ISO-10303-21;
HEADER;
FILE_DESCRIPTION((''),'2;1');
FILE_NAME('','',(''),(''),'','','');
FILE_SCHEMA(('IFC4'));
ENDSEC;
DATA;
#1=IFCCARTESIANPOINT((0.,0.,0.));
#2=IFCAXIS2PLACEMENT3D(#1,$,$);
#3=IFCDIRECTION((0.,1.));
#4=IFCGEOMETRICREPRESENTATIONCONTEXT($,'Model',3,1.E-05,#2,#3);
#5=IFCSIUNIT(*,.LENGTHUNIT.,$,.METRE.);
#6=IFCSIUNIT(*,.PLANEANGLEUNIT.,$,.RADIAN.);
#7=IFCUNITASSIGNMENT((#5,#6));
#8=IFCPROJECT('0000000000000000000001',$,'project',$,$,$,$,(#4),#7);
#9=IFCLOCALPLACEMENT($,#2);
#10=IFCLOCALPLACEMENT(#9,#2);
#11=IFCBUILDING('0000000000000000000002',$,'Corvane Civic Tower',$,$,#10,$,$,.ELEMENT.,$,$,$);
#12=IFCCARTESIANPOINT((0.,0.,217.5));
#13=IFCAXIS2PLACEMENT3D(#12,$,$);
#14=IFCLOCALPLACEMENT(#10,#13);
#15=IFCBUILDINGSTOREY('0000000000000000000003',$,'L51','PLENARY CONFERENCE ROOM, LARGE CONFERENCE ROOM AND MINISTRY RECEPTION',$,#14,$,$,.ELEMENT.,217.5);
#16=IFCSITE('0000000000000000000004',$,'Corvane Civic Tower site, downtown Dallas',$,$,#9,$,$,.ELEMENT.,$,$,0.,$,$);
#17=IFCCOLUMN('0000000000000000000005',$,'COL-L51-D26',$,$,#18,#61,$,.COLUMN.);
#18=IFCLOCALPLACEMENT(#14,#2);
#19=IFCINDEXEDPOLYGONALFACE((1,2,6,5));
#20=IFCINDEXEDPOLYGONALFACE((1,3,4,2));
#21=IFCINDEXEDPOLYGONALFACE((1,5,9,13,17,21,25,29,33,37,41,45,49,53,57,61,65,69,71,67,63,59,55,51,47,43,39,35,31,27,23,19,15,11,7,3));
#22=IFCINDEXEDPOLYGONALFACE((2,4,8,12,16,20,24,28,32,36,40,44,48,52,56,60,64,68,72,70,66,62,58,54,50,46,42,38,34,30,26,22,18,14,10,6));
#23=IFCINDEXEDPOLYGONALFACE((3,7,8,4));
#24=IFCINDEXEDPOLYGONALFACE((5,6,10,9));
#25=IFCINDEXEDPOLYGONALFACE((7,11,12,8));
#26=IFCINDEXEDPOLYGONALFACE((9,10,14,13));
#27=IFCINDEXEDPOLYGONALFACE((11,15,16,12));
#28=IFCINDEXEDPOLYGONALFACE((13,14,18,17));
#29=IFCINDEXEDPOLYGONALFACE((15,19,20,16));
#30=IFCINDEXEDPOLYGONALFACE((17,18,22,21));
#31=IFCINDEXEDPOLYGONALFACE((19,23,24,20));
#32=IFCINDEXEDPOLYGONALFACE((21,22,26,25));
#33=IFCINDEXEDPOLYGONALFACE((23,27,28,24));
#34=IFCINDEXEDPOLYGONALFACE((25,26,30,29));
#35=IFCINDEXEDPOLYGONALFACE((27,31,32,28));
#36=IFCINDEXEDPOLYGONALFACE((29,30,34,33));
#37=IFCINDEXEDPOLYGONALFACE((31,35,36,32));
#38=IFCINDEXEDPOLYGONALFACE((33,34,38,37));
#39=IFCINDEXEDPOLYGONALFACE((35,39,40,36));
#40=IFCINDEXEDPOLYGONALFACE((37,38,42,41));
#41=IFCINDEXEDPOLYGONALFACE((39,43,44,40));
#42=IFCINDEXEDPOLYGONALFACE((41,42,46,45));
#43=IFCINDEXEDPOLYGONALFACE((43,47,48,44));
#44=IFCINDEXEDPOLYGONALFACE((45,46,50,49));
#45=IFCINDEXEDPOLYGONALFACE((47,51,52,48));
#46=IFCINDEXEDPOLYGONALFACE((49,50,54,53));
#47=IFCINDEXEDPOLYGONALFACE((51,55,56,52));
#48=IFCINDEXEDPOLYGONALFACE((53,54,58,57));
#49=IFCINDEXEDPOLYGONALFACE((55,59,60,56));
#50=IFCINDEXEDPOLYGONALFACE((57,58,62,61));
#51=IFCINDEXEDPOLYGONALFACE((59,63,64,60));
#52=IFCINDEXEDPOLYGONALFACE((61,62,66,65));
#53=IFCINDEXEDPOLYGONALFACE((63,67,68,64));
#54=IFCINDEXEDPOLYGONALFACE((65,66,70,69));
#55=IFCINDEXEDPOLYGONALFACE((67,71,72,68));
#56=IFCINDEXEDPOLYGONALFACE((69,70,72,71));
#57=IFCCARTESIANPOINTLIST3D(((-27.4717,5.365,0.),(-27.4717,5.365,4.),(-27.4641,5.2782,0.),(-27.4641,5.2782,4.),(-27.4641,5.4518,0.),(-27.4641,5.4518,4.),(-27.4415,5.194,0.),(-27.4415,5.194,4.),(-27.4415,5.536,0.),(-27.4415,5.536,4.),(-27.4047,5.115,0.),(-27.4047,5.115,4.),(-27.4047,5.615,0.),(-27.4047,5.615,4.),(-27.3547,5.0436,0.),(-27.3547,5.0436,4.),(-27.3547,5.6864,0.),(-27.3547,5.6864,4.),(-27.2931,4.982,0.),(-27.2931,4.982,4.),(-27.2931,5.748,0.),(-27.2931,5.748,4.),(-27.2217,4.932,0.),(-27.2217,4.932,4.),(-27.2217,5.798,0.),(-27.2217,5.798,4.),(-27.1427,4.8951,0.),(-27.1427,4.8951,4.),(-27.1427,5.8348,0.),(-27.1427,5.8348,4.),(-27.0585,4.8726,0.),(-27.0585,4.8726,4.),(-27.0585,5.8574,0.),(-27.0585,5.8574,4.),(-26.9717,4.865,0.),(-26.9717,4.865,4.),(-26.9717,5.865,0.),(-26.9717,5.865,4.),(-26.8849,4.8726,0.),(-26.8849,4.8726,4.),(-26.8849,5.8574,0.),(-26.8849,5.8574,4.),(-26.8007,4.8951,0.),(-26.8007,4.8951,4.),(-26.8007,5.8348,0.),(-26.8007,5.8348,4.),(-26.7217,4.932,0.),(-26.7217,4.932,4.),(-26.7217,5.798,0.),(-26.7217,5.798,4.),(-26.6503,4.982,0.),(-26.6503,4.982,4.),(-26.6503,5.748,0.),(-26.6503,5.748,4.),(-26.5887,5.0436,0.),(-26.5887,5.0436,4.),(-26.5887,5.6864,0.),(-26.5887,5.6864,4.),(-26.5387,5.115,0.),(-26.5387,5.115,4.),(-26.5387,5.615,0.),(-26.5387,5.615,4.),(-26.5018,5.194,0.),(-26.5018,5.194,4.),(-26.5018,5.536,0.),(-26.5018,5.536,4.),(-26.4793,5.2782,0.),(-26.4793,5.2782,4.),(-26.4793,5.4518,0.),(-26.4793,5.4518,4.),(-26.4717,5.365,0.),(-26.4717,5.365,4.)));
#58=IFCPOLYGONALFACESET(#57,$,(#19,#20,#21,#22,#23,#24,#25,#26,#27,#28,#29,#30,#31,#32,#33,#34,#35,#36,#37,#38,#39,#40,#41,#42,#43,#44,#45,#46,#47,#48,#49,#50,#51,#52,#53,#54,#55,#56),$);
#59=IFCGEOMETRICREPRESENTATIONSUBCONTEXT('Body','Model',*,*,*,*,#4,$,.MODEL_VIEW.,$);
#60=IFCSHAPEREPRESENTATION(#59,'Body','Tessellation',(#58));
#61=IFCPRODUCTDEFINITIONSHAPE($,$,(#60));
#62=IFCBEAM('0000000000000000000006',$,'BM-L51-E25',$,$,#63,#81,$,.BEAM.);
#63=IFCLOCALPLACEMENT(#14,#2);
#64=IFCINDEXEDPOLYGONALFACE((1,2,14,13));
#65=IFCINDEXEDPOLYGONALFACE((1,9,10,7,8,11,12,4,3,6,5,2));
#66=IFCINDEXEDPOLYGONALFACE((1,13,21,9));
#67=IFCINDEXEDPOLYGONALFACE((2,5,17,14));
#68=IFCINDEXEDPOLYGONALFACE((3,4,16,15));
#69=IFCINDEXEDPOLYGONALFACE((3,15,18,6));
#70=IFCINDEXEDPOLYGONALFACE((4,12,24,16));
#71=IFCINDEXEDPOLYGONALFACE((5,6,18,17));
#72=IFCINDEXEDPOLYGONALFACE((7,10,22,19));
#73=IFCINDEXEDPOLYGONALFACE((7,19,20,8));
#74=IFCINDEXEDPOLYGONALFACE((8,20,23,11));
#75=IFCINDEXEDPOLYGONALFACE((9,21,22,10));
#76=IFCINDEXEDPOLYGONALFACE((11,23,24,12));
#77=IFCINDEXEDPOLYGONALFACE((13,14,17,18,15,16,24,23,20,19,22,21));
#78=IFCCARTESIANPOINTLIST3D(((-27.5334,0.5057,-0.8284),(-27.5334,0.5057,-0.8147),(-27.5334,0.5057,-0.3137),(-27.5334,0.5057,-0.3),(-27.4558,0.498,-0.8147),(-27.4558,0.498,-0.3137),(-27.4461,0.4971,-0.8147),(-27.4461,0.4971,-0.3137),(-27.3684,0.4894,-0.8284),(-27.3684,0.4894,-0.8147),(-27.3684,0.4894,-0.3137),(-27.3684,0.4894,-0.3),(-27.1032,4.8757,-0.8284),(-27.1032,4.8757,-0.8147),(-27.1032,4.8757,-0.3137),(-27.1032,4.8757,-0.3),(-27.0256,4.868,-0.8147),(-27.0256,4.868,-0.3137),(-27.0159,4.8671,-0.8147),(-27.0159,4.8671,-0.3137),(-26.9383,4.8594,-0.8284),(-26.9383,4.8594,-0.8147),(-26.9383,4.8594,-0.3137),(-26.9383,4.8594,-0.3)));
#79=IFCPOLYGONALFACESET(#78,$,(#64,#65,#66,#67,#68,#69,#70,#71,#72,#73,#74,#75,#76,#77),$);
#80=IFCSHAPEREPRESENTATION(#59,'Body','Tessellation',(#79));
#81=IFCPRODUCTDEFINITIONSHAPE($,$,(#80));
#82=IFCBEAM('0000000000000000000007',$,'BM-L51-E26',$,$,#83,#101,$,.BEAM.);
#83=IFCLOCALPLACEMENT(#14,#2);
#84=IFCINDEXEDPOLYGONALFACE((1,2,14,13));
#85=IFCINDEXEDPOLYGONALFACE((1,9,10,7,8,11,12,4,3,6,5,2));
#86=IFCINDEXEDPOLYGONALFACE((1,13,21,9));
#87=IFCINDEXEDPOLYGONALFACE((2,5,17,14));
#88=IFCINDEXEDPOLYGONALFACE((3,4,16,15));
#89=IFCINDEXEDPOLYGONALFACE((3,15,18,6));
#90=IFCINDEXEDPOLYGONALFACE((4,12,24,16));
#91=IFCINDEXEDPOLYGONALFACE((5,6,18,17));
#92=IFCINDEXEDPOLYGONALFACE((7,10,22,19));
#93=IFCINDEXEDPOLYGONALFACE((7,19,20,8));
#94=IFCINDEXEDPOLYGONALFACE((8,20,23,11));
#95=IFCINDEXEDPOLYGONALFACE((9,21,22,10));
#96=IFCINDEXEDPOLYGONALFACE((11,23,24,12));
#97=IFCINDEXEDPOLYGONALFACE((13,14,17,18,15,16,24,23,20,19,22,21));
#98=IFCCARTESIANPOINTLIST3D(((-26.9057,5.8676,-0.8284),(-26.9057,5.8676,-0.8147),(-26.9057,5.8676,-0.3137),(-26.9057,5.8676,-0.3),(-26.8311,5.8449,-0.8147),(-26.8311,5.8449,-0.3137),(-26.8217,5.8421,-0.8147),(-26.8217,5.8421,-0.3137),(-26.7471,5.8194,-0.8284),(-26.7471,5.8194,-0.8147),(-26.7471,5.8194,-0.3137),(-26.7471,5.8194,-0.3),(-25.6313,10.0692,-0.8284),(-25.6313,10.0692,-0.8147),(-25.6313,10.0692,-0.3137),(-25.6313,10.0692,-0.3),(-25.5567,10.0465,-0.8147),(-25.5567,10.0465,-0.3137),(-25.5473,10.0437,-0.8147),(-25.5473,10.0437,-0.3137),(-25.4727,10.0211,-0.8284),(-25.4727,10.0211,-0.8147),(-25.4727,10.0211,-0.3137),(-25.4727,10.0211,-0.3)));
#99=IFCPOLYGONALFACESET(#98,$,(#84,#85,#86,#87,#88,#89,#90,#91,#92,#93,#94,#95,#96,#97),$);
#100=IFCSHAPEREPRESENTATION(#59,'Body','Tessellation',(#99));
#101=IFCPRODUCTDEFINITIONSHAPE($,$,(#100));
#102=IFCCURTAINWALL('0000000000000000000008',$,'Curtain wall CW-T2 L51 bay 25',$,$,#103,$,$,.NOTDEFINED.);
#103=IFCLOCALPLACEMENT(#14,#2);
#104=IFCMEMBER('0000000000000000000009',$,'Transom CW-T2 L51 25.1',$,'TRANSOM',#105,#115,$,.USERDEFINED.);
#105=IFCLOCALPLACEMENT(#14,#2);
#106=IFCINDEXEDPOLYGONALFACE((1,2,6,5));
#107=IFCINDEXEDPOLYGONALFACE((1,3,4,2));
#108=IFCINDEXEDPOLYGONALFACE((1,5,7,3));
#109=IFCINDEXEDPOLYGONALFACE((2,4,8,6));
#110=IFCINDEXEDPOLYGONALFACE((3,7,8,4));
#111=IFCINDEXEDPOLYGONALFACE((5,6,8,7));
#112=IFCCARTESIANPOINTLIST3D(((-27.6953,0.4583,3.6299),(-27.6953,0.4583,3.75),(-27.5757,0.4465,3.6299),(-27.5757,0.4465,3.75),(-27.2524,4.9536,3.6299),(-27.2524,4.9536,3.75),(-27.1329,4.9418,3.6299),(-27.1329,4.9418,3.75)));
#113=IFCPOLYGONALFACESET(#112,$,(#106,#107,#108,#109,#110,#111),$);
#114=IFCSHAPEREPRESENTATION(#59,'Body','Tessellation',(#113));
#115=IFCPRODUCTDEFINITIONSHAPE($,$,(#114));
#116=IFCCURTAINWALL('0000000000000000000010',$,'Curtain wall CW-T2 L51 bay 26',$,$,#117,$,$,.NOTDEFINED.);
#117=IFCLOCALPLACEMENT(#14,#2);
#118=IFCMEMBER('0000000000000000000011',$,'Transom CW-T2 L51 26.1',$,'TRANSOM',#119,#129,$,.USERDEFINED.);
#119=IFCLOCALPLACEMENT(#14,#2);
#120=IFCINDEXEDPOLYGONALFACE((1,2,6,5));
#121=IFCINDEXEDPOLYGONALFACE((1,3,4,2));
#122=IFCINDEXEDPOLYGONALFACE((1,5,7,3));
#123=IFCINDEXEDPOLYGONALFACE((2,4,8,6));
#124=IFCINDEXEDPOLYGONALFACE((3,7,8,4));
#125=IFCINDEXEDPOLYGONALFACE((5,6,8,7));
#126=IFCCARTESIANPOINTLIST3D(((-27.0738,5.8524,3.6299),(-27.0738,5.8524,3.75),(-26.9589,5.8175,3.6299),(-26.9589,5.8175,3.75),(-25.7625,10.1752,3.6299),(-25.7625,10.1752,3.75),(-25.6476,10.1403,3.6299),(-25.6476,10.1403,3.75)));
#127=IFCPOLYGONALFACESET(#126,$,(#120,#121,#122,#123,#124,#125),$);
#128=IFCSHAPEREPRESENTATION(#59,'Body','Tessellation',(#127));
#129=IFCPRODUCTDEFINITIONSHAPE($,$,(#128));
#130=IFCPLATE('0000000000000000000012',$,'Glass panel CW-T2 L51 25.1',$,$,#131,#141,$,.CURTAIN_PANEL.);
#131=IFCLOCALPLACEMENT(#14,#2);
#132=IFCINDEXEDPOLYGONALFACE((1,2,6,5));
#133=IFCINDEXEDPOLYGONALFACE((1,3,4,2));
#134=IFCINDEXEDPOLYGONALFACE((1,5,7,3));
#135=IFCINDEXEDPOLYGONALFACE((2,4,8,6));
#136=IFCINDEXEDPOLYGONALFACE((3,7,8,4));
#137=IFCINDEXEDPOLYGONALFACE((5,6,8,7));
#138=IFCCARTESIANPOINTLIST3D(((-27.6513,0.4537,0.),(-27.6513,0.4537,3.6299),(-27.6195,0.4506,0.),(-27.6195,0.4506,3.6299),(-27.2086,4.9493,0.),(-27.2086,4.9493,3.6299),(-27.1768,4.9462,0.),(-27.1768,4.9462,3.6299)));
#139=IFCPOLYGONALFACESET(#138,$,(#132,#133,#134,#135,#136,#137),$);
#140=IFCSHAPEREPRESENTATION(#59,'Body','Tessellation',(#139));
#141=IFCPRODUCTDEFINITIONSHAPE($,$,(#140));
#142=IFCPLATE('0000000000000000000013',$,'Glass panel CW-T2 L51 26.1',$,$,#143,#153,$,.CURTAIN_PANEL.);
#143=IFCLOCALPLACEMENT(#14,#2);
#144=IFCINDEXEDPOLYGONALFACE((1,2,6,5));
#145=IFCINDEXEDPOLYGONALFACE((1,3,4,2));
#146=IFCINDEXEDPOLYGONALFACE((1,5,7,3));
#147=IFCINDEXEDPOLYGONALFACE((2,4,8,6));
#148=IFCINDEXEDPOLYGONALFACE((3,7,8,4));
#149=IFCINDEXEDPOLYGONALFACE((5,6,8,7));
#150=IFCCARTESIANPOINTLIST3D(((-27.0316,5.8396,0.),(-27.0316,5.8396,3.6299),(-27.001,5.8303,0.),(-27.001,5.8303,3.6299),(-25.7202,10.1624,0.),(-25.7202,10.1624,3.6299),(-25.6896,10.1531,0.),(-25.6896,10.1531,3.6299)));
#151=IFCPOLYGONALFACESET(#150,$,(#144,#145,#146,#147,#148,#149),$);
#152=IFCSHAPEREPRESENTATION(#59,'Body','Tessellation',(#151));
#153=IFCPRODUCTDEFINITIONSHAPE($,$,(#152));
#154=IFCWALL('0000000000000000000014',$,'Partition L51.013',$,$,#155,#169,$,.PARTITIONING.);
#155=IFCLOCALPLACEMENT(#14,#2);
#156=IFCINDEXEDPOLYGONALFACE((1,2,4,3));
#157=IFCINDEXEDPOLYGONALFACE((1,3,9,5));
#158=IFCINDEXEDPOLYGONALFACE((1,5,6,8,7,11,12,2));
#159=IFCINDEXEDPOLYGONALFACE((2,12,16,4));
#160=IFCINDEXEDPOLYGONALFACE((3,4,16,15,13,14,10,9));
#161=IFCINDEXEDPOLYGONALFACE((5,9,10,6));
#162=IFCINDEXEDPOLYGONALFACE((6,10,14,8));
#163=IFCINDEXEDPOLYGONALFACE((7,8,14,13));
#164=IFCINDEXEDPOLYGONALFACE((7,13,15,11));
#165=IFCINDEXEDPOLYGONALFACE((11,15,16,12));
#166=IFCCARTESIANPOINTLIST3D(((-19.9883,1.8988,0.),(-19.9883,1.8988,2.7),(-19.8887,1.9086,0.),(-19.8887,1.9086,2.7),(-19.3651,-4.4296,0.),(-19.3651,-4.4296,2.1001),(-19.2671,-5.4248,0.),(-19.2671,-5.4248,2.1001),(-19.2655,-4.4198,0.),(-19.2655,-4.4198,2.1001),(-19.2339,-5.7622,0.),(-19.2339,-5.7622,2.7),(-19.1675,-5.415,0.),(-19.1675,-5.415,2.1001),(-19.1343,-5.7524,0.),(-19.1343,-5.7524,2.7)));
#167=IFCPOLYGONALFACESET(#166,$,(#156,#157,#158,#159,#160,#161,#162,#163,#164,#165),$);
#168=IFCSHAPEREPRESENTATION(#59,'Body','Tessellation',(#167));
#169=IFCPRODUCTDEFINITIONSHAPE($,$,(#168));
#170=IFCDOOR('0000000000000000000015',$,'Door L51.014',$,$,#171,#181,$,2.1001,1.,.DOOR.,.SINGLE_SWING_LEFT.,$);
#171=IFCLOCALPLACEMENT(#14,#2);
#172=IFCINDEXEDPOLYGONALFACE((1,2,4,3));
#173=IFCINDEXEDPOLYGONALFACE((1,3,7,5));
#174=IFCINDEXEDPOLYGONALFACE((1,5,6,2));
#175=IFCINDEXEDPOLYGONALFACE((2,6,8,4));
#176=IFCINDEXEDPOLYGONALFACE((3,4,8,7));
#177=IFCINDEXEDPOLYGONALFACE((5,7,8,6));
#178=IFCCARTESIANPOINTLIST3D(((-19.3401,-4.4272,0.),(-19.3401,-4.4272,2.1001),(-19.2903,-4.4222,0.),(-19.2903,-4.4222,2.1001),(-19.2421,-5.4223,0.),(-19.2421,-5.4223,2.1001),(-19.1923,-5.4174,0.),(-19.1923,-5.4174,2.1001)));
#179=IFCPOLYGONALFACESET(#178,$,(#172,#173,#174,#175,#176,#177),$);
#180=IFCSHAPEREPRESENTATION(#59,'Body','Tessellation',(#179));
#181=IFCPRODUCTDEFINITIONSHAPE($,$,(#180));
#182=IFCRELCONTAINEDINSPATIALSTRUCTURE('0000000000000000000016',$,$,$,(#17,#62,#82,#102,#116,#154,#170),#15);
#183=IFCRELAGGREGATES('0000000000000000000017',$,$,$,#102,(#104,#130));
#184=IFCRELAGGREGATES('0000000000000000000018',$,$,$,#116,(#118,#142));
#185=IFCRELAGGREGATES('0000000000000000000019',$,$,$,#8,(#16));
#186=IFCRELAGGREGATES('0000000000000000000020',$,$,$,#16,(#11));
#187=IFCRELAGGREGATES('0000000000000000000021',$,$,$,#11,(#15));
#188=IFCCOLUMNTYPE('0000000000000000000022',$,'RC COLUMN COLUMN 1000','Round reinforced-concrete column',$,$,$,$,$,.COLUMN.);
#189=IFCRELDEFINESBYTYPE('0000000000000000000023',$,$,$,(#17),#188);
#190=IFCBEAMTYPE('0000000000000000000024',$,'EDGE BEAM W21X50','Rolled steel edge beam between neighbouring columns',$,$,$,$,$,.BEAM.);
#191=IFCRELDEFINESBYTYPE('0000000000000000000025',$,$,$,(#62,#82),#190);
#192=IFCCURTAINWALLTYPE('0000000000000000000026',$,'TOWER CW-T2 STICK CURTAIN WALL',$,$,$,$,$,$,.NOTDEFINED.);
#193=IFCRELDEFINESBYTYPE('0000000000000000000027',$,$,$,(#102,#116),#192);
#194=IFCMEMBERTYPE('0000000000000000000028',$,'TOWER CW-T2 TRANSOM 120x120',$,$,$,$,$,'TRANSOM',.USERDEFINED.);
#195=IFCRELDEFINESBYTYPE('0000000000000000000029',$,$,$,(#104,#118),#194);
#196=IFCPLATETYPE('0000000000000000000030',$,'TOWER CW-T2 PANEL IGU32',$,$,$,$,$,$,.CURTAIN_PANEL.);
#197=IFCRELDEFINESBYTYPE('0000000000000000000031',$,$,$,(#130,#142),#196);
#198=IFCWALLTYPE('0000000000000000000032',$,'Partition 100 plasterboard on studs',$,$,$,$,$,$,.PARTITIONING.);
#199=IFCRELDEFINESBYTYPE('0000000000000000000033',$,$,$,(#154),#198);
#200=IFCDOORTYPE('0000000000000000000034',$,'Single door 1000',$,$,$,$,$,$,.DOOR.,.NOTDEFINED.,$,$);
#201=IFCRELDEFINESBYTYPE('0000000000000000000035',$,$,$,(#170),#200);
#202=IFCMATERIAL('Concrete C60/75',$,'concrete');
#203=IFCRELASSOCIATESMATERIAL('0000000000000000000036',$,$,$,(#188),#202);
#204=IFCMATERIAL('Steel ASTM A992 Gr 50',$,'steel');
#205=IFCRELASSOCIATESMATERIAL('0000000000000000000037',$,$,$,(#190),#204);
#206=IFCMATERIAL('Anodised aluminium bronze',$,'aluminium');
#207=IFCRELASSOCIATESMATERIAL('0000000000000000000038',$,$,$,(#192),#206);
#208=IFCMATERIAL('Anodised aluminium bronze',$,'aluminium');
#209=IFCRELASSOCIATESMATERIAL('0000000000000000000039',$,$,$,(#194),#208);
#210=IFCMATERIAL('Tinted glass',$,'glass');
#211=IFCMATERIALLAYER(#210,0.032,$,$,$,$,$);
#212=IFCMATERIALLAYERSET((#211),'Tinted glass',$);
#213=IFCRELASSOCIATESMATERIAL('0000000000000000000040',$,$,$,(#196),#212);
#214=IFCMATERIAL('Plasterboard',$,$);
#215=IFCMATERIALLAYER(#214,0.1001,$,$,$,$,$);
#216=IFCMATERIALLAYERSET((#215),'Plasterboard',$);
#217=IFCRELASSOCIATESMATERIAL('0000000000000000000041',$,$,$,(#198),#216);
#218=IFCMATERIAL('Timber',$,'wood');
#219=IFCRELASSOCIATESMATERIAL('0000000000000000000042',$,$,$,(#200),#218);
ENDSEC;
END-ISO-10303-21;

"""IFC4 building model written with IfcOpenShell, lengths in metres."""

from ifc_helpers import new_model, si_unit, direction, frame, frame_2d, origin, origin_2d, place, context, subcontext, project, spatial, rectangle, circle, i_section, extrude, material, layer, layer_set, material_profile, profile_set, type_object, element, fill, aggregate, save


model = new_model("IFC4")

# Units and contexts
model_context = context("Model", 3, precision=1e-05, world=origin(), true_north=direction((0.0, 1.0)))
body_context = subcontext(model_context, "Body", "Model", "MODEL_VIEW")
ifc_project = project(units=[si_unit("LENGTHUNIT", "METRE"), si_unit("PLANEANGLEUNIT", "RADIAN")], contexts=[model_context])

# Site, building, storey
site_placement = place(None, origin())
site = spatial("IfcSite", under=ifc_project, at=site_placement, Name="Corvane Civic Tower site, downtown Dallas", CompositionType="ELEMENT", RefElevation=0.0)
building_placement = place(site_placement, origin())
building = spatial("IfcBuilding", under=site, at=building_placement, Name="Corvane Civic Tower", CompositionType="ELEMENT")
storey_placement = place(building_placement, frame((0.0, 0.0, 217.5)))
storey = spatial("IfcBuildingStorey", under=building, at=storey_placement, Name="L51", Description="PLENARY CONFERENCE ROOM, LARGE CONFERENCE ROOM AND MINISTRY RECEPTION", CompositionType="ELEMENT", Elevation=217.5)

# Column
ifc_material_1 = material(Name="Concrete C60/75", Category="concrete")
ifc_material_profile_1 = material_profile(ifc_material_1, circle(Radius=0.5, at=origin_2d()), Name="COLUMN 1000")
ifc_profile_set_1 = profile_set([ifc_material_profile_1], Name="Concrete C60/75")
column_type = type_object("IfcColumnType", Name="RC COLUMN COLUMN 1000", Description="Round reinforced-concrete column", PredefinedType="COLUMN", material=ifc_profile_set_1)
column_placement = place(storey_placement, frame((-26.9717, 5.365, 0.0), z_axis=(0.0, 0.0, 1.0), x_axis=(1.0, 0.0, 0.0)))
element("IfcColumn", 1, at=column_placement, inside=storey, type_object=column_type, Name="COL-L51-D26", PredefinedType="COLUMN", context=body_context, shape_type="SweptSolid", body=[
    extrude(circle(Radius=0.5, at=origin_2d()), origin(), (0.0, 0.0, 1.0), 4.0),
])

# Beams
ifc_material_2 = material(Name="Steel ASTM A992 Gr 50", Category="steel")
ifc_material_profile_2 = material_profile(ifc_material_2, i_section(OverallWidth=0.1658, OverallDepth=0.5283, WebThickness=0.0098, FlangeThickness=0.0137, at=origin_2d()), Name="W21X50")
ifc_profile_set_2 = profile_set([ifc_material_profile_2], Name="Steel ASTM A992 Gr 50")
beam_type = type_object("IfcBeamType", Name="EDGE BEAM W21X50", Description="Rolled steel edge beam between neighbouring columns", PredefinedType="BEAM", material=ifc_profile_set_2)
beam_1_placement = place(storey_placement, frame((-27.4509, 0.4976, -0.5642), z_axis=(0.097968, 0.99519, 0.0), x_axis=(-0.99519, 0.097968, 0.0)))
element("IfcBeam", 2, at=beam_1_placement, inside=storey, type_object=beam_type, Name="BM-L51-E25", PredefinedType="BEAM", context=body_context, shape_type="SweptSolid", body=[
    extrude(i_section(OverallWidth=0.1658, OverallDepth=0.5283, WebThickness=0.0098, FlangeThickness=0.0137, at=origin_2d()), origin(), (0.0, 0.0, 1.0), 4.3911),
])
beam_2_placement = place(storey_placement, frame((-26.8264, 5.8435, -0.5642), z_axis=(0.290254, 0.95695, 0.0), x_axis=(-0.95695, 0.290254, 0.0)))
element("IfcBeam", 3, at=beam_2_placement, inside=storey, type_object=beam_type, Name="BM-L51-E26", PredefinedType="BEAM", context=body_context, shape_type="SweptSolid", body=[
    extrude(i_section(OverallWidth=0.1658, OverallDepth=0.5283, WebThickness=0.0098, FlangeThickness=0.0137, at=origin_2d()), origin(), (0.0, 0.0, 1.0), 4.3906),
])

# Curtain walls, members
ifc_material_3 = material(Name="Anodised aluminium bronze", Category="aluminium")
curtain_wall_type = type_object("IfcCurtainWallType", Name="TOWER CW-T2 STICK CURTAIN WALL", PredefinedType="NOTDEFINED", material=ifc_material_3)
curtain_wall_1_placement = place(storey_placement, origin())
curtain_wall_1 = element("IfcCurtainWall", 4, at=curtain_wall_1_placement, inside=storey, type_object=curtain_wall_type, Name="Curtain wall CW-T2 L51 bay 25", PredefinedType="NOTDEFINED")
ifc_material_4 = material(Name="Anodised aluminium bronze", Category="aluminium")
ifc_material_profile_3 = material_profile(ifc_material_4, rectangle(XDim=0.1201, YDim=0.1201, at=origin_2d()), Name="TOWER CW-T2 TRANSOM 120x120")
ifc_profile_set_3 = profile_set([ifc_material_profile_3], Name="Anodised aluminium bronze")
member_type = type_object("IfcMemberType", Name="TOWER CW-T2 TRANSOM 120x120", ElementType="TRANSOM", PredefinedType="USERDEFINED", material=ifc_profile_set_3)
member_1_placement = place(storey_placement, frame((-27.6355, 0.4524, 3.6899), z_axis=(0.098043, 0.995182, 0.0), x_axis=(-0.995182, 0.098043, 0.0)))
member_1 = element("IfcMember", 5, at=member_1_placement, type_object=member_type, Name="Transom CW-T2 L51 25.1", ObjectType="TRANSOM", PredefinedType="USERDEFINED", context=body_context, shape_type="SweptSolid", body=[
    extrude(rectangle(XDim=0.1201, YDim=0.1201, at=origin_2d()), origin(), (0.0, 0.0, 1.0), 4.5171),
])
curtain_wall_2_placement = place(storey_placement, origin())
curtain_wall_2 = element("IfcCurtainWall", 6, at=curtain_wall_2_placement, inside=storey, type_object=curtain_wall_type, Name="Curtain wall CW-T2 L51 bay 26", PredefinedType="NOTDEFINED")
member_2_placement = place(storey_placement, frame((-27.0164, 5.835, 3.6899), z_axis=(0.290282, 0.956941, 0.0), x_axis=(-0.956941, 0.290282, 0.0)))
member_2 = element("IfcMember", 7, at=member_2_placement, type_object=member_type, Name="Transom CW-T2 L51 26.1", ObjectType="TRANSOM", PredefinedType="USERDEFINED", context=body_context, shape_type="SweptSolid", body=[
    extrude(rectangle(XDim=0.1201, YDim=0.1201, at=origin_2d()), origin(), (0.0, 0.0, 1.0), 4.5173),
])

# Plates
ifc_material_5 = material(Name="Tinted glass", Category="glass")
ifc_layer_1 = layer(ifc_material_5, 0.032)
ifc_layer_set_1 = layer_set([ifc_layer_1], Name="Tinted glass")
plate_type = type_object("IfcPlateType", Name="TOWER CW-T2 PANEL IGU32", PredefinedType="CURTAIN_PANEL", material=ifc_layer_set_1)
plate_1_placement = place(storey_placement, frame((-27.4141, 2.7, 0.0), z_axis=(0.0, 0.0, 1.0), x_axis=(0.097993, 0.995187, 0.0)))
plate_1 = element("IfcPlate", 8, at=plate_1_placement, type_object=plate_type, Name="Glass panel CW-T2 L51 25.1", PredefinedType="CURTAIN_PANEL", context=body_context, shape_type="SweptSolid", body=[
    extrude(rectangle(XDim=4.5173, YDim=0.032, at=origin_2d()), origin(), (0.0, 0.0, 1.0), 3.6299),
])
aggregate(curtain_wall_1, [member_1, plate_1])
plate_2_placement = place(storey_placement, frame((-26.3606, 7.9963, 0.0), z_axis=(0.0, 0.0, 1.0), x_axis=(0.29029, 0.956939, 0.0)))
plate_2 = element("IfcPlate", 9, at=plate_2_placement, type_object=plate_type, Name="Glass panel CW-T2 L51 26.1", PredefinedType="CURTAIN_PANEL", context=body_context, shape_type="SweptSolid", body=[
    extrude(rectangle(XDim=4.5173, YDim=0.032, at=origin_2d()), origin(), (0.0, 0.0, 1.0), 3.6299),
])
aggregate(curtain_wall_2, [member_2, plate_2])

# Wall, opening, door
ifc_material_6 = material(Name="Plasterboard")
ifc_layer_2 = layer(ifc_material_6, 0.1001)
ifc_layer_set_2 = layer_set([ifc_layer_2], Name="Plasterboard")
wall_type = type_object("IfcWallType", Name="Partition 100 plasterboard on studs", PredefinedType="PARTITIONING", material=ifc_layer_set_2)
wall_1_placement = place(storey_placement, frame((-19.9385, 1.9038, 0.0), z_axis=(0.0, 0.0, 1.0), x_axis=(0.097999, -0.995186, 0.0)))
wall_1 = element("IfcWall", 10, at=wall_1_placement, inside=storey, type_object=wall_type, Name="Partition L51.013", PredefinedType="PARTITIONING", context=body_context, shape_type="SweptSolid", body=[
    extrude(rectangle(XDim=7.698, YDim=0.1001, at=frame_2d((3.8491, 0.0))), origin(), (0.0, 0.0, 1.0), 2.7),
])
opening_placement = place(wall_1_placement, frame((6.3591, 0.0, 0.0)))
opening = element("IfcOpeningElement", 11, at=opening_placement, cuts=wall_1, PredefinedType="OPENING", context=body_context, shape_type="SweptSolid", body=[
    extrude(rectangle(XDim=1.0, YDim=2.1001, at=frame_2d((0.5, 1.05))), frame((0.0, 0.0601, 0.0), z_axis=(0.0, -1.0, 0.0), x_axis=(1.0, 0.0, 0.0)), (0.0, 0.0, 1.0), 0.1201),
])
ifc_material_7 = material(Name="Timber", Category="wood")
door_type = type_object("IfcDoorType", Name="Single door 1000", OperationType="NOTDEFINED", PredefinedType="DOOR", material=ifc_material_7)
door_placement = place(opening_placement, frame((1.0, 0.0, 0.0), z_axis=(0.0, 0.0, 1.0), x_axis=(-1.0, 0.0, 0.0)))
door = element("IfcDoor", 12, at=door_placement, inside=storey, type_object=door_type, Name="Door L51.014", OperationType="SINGLE_SWING_LEFT", OverallHeight=2.1001, OverallWidth=1.0, PredefinedType="DOOR", context=body_context, shape_type="SweptSolid", body=[
    extrude(rectangle(XDim=1.0, YDim=2.1001, at=frame_2d((0.5, 1.05))), frame((0.0, 0.0249, 0.0), z_axis=(0.0, -1.0, 0.0), x_axis=(1.0, 0.0, 0.0)), (0.0, 0.0, 1.0), 0.05),
])
fill(opening, door)

save(model, "model.ifc")
